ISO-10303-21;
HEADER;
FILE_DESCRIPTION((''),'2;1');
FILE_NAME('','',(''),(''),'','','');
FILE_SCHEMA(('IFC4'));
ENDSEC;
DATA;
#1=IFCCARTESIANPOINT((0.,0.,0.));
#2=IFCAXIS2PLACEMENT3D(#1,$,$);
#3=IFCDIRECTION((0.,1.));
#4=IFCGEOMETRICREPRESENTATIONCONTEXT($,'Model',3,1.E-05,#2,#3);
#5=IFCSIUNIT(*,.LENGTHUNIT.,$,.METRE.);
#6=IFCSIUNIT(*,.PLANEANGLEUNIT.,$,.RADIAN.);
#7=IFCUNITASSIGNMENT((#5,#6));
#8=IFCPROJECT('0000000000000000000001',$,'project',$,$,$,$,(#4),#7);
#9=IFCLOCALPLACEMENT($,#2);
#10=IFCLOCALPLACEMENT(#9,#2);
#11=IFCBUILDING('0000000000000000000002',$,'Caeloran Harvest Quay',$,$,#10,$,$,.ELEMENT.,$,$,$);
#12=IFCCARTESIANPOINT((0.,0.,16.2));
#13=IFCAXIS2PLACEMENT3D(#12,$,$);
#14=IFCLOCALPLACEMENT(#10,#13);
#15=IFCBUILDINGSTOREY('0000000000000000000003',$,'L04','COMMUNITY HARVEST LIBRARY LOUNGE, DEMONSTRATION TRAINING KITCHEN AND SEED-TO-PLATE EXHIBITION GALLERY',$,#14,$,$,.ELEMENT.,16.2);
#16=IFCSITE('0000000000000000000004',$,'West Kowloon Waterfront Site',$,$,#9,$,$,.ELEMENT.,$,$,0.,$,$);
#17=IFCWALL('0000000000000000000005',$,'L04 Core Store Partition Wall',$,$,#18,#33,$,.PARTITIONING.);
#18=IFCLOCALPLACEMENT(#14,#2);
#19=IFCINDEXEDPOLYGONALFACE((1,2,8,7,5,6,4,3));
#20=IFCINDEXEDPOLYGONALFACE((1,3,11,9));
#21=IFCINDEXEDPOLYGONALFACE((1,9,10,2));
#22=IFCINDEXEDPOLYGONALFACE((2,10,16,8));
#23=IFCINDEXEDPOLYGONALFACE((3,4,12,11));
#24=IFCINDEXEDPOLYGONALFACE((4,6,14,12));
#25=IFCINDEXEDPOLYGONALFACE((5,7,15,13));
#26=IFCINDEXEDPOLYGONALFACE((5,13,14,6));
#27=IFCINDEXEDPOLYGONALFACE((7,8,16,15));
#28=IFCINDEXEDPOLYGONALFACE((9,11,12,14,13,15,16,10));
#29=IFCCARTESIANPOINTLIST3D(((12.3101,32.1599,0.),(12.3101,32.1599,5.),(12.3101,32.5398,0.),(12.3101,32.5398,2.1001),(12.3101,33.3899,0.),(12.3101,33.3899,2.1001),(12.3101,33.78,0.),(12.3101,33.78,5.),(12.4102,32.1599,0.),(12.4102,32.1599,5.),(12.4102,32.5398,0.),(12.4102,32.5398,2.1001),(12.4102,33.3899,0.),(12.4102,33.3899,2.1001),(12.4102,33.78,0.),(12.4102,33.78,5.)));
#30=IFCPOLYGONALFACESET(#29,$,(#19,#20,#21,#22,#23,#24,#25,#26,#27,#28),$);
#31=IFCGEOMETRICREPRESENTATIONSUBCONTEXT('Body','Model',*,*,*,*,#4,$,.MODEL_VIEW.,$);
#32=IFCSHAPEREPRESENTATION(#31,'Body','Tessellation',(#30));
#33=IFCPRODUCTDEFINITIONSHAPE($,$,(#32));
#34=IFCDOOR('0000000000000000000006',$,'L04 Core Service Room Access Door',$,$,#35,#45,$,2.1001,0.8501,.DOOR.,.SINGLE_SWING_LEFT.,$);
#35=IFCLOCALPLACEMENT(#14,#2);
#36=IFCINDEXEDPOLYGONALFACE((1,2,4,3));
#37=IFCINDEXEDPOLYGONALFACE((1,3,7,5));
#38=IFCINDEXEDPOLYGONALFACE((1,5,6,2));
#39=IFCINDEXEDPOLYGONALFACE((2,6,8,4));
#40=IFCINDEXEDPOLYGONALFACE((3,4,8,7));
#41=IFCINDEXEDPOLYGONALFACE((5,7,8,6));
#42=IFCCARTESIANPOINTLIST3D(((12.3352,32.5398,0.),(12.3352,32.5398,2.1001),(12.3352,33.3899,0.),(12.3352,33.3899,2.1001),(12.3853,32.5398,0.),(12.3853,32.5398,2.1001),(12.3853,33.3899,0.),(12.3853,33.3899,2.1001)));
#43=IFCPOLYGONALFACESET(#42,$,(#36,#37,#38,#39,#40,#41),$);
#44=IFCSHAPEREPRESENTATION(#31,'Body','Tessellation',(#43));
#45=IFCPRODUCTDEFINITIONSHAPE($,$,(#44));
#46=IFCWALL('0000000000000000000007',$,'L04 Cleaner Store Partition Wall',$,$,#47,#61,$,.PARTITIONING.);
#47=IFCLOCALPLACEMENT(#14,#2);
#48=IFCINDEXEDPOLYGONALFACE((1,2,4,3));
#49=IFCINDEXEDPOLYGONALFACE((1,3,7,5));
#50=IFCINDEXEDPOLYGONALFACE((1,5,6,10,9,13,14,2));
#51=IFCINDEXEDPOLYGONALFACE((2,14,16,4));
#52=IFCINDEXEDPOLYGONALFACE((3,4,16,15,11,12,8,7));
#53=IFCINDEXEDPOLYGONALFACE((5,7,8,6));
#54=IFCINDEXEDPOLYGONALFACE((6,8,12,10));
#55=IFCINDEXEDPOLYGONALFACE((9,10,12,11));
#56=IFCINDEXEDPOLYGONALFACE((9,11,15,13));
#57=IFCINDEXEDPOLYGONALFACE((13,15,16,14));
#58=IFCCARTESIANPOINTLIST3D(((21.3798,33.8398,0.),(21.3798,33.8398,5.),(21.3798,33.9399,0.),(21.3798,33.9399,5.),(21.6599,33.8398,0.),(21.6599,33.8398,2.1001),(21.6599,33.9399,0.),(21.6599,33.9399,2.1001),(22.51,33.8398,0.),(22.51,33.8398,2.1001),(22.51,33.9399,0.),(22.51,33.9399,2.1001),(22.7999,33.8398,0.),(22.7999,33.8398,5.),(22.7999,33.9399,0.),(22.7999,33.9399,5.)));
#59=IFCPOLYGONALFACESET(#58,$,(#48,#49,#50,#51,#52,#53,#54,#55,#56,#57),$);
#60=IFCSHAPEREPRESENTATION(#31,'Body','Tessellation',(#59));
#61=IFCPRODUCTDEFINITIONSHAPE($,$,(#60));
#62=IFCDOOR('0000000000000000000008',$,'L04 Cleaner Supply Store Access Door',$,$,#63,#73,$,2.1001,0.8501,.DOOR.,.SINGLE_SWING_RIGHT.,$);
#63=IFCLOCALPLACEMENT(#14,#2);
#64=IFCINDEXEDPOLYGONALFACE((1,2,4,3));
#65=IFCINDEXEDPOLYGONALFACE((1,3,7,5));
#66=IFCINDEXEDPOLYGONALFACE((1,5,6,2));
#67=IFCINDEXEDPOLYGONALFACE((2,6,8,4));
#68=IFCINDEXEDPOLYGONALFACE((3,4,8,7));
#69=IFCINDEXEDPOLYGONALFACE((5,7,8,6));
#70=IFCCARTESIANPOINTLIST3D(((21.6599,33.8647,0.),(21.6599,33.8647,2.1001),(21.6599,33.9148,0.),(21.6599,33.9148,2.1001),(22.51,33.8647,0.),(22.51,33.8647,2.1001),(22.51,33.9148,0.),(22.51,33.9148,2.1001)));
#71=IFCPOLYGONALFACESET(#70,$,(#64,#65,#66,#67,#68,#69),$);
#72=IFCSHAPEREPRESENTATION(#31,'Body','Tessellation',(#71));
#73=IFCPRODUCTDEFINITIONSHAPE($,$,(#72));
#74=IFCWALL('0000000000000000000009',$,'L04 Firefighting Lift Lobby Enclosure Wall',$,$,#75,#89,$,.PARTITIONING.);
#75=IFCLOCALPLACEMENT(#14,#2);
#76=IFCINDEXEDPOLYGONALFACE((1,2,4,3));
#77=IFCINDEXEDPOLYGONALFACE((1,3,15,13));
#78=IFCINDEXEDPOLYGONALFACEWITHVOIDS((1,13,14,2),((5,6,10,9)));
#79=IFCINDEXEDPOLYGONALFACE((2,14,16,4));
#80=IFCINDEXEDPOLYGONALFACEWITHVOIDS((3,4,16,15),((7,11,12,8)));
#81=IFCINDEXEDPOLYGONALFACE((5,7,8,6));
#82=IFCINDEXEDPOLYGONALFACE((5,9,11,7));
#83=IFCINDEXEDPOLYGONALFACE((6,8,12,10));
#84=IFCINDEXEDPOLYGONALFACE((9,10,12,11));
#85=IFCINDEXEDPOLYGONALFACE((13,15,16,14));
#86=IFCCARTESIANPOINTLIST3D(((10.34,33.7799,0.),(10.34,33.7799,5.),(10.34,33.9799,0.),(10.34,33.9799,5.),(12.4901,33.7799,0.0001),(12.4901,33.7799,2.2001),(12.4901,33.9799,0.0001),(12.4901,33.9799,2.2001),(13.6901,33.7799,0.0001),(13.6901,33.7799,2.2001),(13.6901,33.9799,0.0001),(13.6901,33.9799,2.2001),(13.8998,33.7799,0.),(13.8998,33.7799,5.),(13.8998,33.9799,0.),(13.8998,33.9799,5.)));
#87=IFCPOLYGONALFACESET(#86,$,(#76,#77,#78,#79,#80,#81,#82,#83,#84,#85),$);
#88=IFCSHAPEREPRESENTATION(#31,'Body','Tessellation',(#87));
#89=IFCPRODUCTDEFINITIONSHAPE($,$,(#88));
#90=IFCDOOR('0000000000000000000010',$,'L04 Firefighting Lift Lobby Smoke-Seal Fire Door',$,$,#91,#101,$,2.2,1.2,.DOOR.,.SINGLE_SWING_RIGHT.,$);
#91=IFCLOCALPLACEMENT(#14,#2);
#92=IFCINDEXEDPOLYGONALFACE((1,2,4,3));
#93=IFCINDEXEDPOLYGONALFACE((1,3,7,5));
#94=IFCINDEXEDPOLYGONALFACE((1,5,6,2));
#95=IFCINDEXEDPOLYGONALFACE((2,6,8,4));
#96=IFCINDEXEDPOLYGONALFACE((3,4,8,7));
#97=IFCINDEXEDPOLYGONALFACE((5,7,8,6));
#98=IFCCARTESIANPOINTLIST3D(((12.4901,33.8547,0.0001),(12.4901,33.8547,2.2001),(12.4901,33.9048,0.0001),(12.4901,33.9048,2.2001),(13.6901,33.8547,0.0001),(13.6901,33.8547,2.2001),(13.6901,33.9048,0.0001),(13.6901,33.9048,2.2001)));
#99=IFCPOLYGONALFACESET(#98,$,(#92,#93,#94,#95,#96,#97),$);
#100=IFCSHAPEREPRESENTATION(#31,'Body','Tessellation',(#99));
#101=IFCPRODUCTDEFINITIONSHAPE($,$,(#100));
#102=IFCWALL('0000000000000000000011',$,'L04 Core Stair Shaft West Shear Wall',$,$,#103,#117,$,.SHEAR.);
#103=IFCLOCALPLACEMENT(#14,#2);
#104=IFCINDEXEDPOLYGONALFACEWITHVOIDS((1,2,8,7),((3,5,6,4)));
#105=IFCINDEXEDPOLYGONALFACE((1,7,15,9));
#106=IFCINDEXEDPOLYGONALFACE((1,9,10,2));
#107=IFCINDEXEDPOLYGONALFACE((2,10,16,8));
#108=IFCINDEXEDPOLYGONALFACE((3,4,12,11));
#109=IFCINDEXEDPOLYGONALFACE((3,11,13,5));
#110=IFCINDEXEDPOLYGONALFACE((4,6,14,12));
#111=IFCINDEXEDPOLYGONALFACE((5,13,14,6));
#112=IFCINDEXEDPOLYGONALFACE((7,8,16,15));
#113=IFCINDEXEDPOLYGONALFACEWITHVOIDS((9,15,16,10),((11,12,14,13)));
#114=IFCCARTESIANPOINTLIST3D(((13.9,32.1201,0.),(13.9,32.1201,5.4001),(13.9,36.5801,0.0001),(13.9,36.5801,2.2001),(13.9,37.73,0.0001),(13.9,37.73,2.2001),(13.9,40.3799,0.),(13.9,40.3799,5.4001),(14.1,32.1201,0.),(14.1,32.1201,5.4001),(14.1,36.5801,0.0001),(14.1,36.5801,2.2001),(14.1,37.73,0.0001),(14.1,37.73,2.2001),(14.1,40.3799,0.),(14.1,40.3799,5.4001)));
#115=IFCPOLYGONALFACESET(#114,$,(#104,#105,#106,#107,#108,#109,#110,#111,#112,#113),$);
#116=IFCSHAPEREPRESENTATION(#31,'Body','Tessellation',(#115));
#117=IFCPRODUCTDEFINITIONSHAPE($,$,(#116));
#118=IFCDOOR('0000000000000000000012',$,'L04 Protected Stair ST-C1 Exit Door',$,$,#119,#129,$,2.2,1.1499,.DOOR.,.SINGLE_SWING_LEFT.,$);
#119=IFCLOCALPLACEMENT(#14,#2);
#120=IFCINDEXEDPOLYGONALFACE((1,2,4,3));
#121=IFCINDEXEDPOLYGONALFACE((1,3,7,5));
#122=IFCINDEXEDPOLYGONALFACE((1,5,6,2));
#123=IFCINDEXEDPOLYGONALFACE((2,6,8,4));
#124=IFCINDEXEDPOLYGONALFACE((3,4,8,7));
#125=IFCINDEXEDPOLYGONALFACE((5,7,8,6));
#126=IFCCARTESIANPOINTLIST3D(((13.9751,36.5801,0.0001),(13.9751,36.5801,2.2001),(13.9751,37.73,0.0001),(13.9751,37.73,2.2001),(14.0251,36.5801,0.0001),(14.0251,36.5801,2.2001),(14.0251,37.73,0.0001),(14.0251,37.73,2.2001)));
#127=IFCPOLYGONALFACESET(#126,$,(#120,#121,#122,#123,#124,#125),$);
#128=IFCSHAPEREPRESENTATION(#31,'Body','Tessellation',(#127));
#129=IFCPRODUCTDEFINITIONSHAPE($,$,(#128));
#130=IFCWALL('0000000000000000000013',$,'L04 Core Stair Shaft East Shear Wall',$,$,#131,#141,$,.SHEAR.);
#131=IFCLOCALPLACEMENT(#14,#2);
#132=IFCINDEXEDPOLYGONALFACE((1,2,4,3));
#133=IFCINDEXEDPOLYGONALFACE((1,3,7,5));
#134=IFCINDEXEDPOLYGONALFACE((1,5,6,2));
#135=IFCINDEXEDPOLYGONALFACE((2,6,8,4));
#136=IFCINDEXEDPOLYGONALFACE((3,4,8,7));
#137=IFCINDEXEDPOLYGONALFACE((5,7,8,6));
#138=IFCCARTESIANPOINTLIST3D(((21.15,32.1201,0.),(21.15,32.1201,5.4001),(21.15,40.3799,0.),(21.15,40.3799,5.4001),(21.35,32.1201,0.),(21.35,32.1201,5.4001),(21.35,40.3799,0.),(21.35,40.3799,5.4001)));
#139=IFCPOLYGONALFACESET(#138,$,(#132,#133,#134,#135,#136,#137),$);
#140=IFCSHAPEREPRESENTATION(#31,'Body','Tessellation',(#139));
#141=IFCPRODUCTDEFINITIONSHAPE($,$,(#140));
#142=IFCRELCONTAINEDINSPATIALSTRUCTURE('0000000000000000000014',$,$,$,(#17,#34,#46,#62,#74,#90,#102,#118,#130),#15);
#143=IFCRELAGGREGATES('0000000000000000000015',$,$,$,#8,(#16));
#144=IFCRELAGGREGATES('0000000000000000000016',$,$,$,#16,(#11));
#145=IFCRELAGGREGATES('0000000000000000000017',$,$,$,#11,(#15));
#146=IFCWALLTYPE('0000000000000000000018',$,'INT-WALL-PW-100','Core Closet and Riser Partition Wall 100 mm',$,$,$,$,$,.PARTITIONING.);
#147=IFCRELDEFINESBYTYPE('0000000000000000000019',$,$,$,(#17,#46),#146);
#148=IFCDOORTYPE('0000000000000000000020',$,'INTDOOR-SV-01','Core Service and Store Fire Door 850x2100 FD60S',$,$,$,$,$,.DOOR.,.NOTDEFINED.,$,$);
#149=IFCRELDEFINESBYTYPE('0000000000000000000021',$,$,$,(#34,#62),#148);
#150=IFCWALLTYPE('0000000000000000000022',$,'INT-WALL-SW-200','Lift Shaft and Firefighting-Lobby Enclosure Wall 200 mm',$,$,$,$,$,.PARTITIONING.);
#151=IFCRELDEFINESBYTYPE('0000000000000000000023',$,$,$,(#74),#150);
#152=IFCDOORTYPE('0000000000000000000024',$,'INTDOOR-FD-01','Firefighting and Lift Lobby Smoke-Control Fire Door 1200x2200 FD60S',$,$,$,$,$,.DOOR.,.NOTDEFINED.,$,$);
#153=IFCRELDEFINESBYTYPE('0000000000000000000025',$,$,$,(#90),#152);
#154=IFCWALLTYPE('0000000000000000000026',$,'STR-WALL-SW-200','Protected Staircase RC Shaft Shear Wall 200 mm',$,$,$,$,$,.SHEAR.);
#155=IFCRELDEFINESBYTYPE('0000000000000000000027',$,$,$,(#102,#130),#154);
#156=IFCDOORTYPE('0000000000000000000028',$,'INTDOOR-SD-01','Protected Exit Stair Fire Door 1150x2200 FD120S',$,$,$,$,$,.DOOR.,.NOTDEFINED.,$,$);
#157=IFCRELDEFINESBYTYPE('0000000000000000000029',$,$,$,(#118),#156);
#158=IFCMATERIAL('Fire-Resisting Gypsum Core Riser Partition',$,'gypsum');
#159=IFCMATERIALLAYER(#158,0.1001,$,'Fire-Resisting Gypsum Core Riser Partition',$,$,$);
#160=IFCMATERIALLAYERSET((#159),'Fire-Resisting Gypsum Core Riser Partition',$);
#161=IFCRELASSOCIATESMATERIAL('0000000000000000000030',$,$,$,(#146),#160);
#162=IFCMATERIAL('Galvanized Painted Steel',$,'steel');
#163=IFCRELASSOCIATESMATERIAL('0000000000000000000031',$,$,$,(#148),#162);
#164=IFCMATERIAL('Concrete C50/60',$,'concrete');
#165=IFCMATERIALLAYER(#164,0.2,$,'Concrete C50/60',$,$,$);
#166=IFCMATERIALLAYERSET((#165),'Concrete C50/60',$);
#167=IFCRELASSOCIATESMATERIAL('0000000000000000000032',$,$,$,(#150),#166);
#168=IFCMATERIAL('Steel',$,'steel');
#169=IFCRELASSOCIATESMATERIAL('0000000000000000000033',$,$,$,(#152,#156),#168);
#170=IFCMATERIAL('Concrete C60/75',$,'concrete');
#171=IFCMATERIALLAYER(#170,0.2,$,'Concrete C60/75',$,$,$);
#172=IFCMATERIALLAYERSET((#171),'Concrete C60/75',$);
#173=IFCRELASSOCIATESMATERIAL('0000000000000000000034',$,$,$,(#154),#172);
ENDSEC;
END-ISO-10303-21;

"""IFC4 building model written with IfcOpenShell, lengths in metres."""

from ifc_helpers import new_model, si_unit, direction, frame, frame_2d, origin, place, context, subcontext, project, spatial, rectangle, extrude, material, layer, layer_set, type_object, element, fill, save


model = new_model("IFC4")

# Units and contexts
model_context = context("Model", 3, precision=1e-05, world=origin(), true_north=direction((0.0, 1.0)))
body_context = subcontext(model_context, "Body", "Model", "MODEL_VIEW")
ifc_project = project(units=[si_unit("LENGTHUNIT", "METRE"), si_unit("PLANEANGLEUNIT", "RADIAN")], contexts=[model_context])

# Site, building, storey
site_placement = place(None, origin())
site = spatial("IfcSite", under=ifc_project, at=site_placement, Name="West Kowloon Waterfront Site", CompositionType="ELEMENT", RefElevation=0.0)
building_placement = place(site_placement, origin())
building = spatial("IfcBuilding", under=site, at=building_placement, Name="Caeloran Harvest Quay", CompositionType="ELEMENT")
storey_placement = place(building_placement, frame((0.0, 0.0, 16.2)))
storey = spatial("IfcBuildingStorey", under=building, at=storey_placement, Name="L04", Description="COMMUNITY HARVEST LIBRARY LOUNGE, DEMONSTRATION TRAINING KITCHEN AND SEED-TO-PLATE EXHIBITION GALLERY", CompositionType="ELEMENT", Elevation=16.2)

# Walls, openings, doors
ifc_material_1 = material(Name="Fire-Resisting Gypsum Core Riser Partition", Category="gypsum")
ifc_layer_1 = layer(ifc_material_1, 0.1001, Name="Fire-Resisting Gypsum Core Riser Partition")
ifc_layer_set_1 = layer_set([ifc_layer_1], Name="Fire-Resisting Gypsum Core Riser Partition")
wall_type_1 = type_object("IfcWallType", Name="INT-WALL-PW-100", Description="Core Closet and Riser Partition Wall 100 mm", PredefinedType="PARTITIONING", material=ifc_layer_set_1)
wall_1_placement = place(storey_placement, frame((12.3601, 32.1599, 0.0), z_axis=(0.0, 0.0, 1.0), x_axis=(0.0, 1.0, 0.0)))
wall_1 = element("IfcWall", 1, at=wall_1_placement, inside=storey, type_object=wall_type_1, Name="L04 Core Store Partition Wall", PredefinedType="PARTITIONING", context=body_context, shape_type="SweptSolid", body=[
    extrude(rectangle(XDim=1.6201, YDim=0.1001, at=frame_2d((0.8101, 0.0))), origin(), (0.0, 0.0, 1.0), 5.0),
])
opening_1_placement = place(wall_1_placement, frame((0.3799, 0.0, 0.0)))
opening_1 = element("IfcOpeningElement", 2, at=opening_1_placement, cuts=wall_1, PredefinedType="OPENING", context=body_context, shape_type="SweptSolid", body=[
    extrude(rectangle(XDim=0.8501, YDim=2.1001, at=frame_2d((0.425, 1.05))), frame((0.0, 0.0601, 0.0), z_axis=(0.0, -1.0, 0.0), x_axis=(1.0, 0.0, 0.0)), (0.0, 0.0, 1.0), 0.1201),
])
ifc_material_2 = material(Name="Galvanized Painted Steel", Category="steel")
door_type_1 = type_object("IfcDoorType", Name="INTDOOR-SV-01", Description="Core Service and Store Fire Door 850x2100 FD60S", OperationType="NOTDEFINED", PredefinedType="DOOR", material=ifc_material_2)
door_1_placement = place(opening_1_placement, origin())
door_1 = element("IfcDoor", 3, at=door_1_placement, inside=storey, type_object=door_type_1, Name="L04 Core Service Room Access Door", OperationType="SINGLE_SWING_LEFT", OverallHeight=2.1001, OverallWidth=0.8501, PredefinedType="DOOR", context=body_context, shape_type="SweptSolid", body=[
    extrude(rectangle(XDim=0.8501, YDim=2.1001, at=frame_2d((0.425, 1.05))), frame((0.0, 0.0249, 0.0), z_axis=(0.0, -1.0, 0.0), x_axis=(1.0, 0.0, 0.0)), (0.0, 0.0, 1.0), 0.05),
])
fill(opening_1, door_1)
wall_2_placement = place(storey_placement, frame((21.3799, 33.8899, 0.0), z_axis=(0.0, 0.0, 1.0), x_axis=(1.0, 0.0, 0.0)))
wall_2 = element("IfcWall", 4, at=wall_2_placement, inside=storey, type_object=wall_type_1, Name="L04 Cleaner Store Partition Wall", PredefinedType="PARTITIONING", context=body_context, shape_type="SweptSolid", body=[
    extrude(rectangle(XDim=1.4202, YDim=0.1001, at=frame_2d((0.71, 0.0))), origin(), (0.0, 0.0, 1.0), 5.0),
])
opening_2_placement = place(wall_2_placement, frame((0.28, 0.0, 0.0)))
opening_2 = element("IfcOpeningElement", 5, at=opening_2_placement, cuts=wall_2, PredefinedType="OPENING", context=body_context, shape_type="SweptSolid", body=[
    extrude(rectangle(XDim=0.8501, YDim=2.1001, at=frame_2d((0.425, 1.05))), frame((0.0, 0.0601, 0.0), z_axis=(0.0, -1.0, 0.0), x_axis=(1.0, 0.0, 0.0)), (0.0, 0.0, 1.0), 0.1201),
])
door_2_placement = place(opening_2_placement, origin())
door_2 = element("IfcDoor", 6, at=door_2_placement, inside=storey, type_object=door_type_1, Name="L04 Cleaner Supply Store Access Door", OperationType="SINGLE_SWING_RIGHT", OverallHeight=2.1001, OverallWidth=0.8501, PredefinedType="DOOR", context=body_context, shape_type="SweptSolid", body=[
    extrude(rectangle(XDim=0.8501, YDim=2.1001, at=frame_2d((0.425, 1.05))), frame((0.0, 0.0249, 0.0), z_axis=(0.0, -1.0, 0.0), x_axis=(1.0, 0.0, 0.0)), (0.0, 0.0, 1.0), 0.05),
])
fill(opening_2, door_2)
ifc_material_3 = material(Name="Concrete C50/60", Category="concrete")
ifc_layer_2 = layer(ifc_material_3, 0.2, Name="Concrete C50/60")
ifc_layer_set_2 = layer_set([ifc_layer_2], Name="Concrete C50/60")
wall_type_2 = type_object("IfcWallType", Name="INT-WALL-SW-200", Description="Lift Shaft and Firefighting-Lobby Enclosure Wall 200 mm", PredefinedType="PARTITIONING", material=ifc_layer_set_2)
wall_3_placement = place(storey_placement, frame((10.3401, 33.8799, 0.0), z_axis=(0.0, 0.0, 1.0), x_axis=(1.0, 0.0, 0.0)))
wall_3 = element("IfcWall", 7, at=wall_3_placement, inside=storey, type_object=wall_type_2, Name="L04 Firefighting Lift Lobby Enclosure Wall", PredefinedType="PARTITIONING", context=body_context, shape_type="SweptSolid", body=[
    extrude(rectangle(XDim=3.5598, YDim=0.2, at=frame_2d((1.7798, 0.0))), origin(), (0.0, 0.0, 1.0), 5.0),
])
opening_3_placement = place(wall_3_placement, frame((2.1499, 0.0, 0.0)))
opening_3 = element("IfcOpeningElement", 8, at=opening_3_placement, cuts=wall_3, PredefinedType="OPENING", context=body_context, shape_type="SweptSolid", body=[
    extrude(rectangle(XDim=1.2, YDim=2.2, at=frame_2d((0.6001, 1.1001))), frame((0.0, 0.1099, 0.0), z_axis=(0.0, -1.0, 0.0), x_axis=(1.0, 0.0, 0.0)), (0.0, 0.0, 1.0), 0.22),
])
ifc_material_4 = material(Name="Steel", Category="steel")
door_type_2 = type_object("IfcDoorType", Name="INTDOOR-FD-01", Description="Firefighting and Lift Lobby Smoke-Control Fire Door 1200x2200 FD60S", OperationType="NOTDEFINED", PredefinedType="DOOR", material=ifc_material_4)
door_3_placement = place(opening_3_placement, origin())
door_3 = element("IfcDoor", 9, at=door_3_placement, inside=storey, type_object=door_type_2, Name="L04 Firefighting Lift Lobby Smoke-Seal Fire Door", OperationType="SINGLE_SWING_RIGHT", OverallHeight=2.2, OverallWidth=1.2, PredefinedType="DOOR", context=body_context, shape_type="SweptSolid", body=[
    extrude(rectangle(XDim=1.2, YDim=2.2, at=frame_2d((0.6001, 1.1001))), frame((0.0, 0.0249, 0.0), z_axis=(0.0, -1.0, 0.0), x_axis=(1.0, 0.0, 0.0)), (0.0, 0.0, 1.0), 0.05),
])
fill(opening_3, door_3)
ifc_material_5 = material(Name="Concrete C60/75", Category="concrete")
ifc_layer_3 = layer(ifc_material_5, 0.2, Name="Concrete C60/75")
ifc_layer_set_3 = layer_set([ifc_layer_3], Name="Concrete C60/75")
wall_type_3 = type_object("IfcWallType", Name="STR-WALL-SW-200", Description="Protected Staircase RC Shaft Shear Wall 200 mm", PredefinedType="SHEAR", material=ifc_layer_set_3)
wall_4_placement = place(storey_placement, frame((14.0, 32.1201, 0.0), z_axis=(0.0, 0.0, 1.0), x_axis=(0.0, 1.0, 0.0)))
wall_4 = element("IfcWall", 10, at=wall_4_placement, inside=storey, type_object=wall_type_3, Name="L04 Core Stair Shaft West Shear Wall", PredefinedType="SHEAR", context=body_context, shape_type="SweptSolid", body=[
    extrude(rectangle(XDim=8.2598, YDim=0.2, at=frame_2d((4.1299, 0.0))), origin(), (0.0, 0.0, 1.0), 5.4001),
])
opening_4_placement = place(wall_4_placement, frame((4.46, 0.0, 0.0)))
opening_4 = element("IfcOpeningElement", 11, at=opening_4_placement, cuts=wall_4, PredefinedType="OPENING", context=body_context, shape_type="SweptSolid", body=[
    extrude(rectangle(XDim=1.1499, YDim=2.2, at=frame_2d((0.575, 1.1001))), frame((0.0, 0.1099, 0.0), z_axis=(0.0, -1.0, 0.0), x_axis=(1.0, 0.0, 0.0)), (0.0, 0.0, 1.0), 0.22),
])
door_type_3 = type_object("IfcDoorType", Name="INTDOOR-SD-01", Description="Protected Exit Stair Fire Door 1150x2200 FD120S", OperationType="NOTDEFINED", PredefinedType="DOOR", material=ifc_material_4)
door_4_placement = place(opening_4_placement, origin())
door_4 = element("IfcDoor", 12, at=door_4_placement, inside=storey, type_object=door_type_3, Name="L04 Protected Stair ST-C1 Exit Door", OperationType="SINGLE_SWING_LEFT", OverallHeight=2.2, OverallWidth=1.1499, PredefinedType="DOOR", context=body_context, shape_type="SweptSolid", body=[
    extrude(rectangle(XDim=1.1499, YDim=2.2, at=frame_2d((0.575, 1.1001))), frame((0.0, 0.0249, 0.0), z_axis=(0.0, -1.0, 0.0), x_axis=(1.0, 0.0, 0.0)), (0.0, 0.0, 1.0), 0.05),
])
fill(opening_4, door_4)

# Wall
wall_5_placement = place(storey_placement, frame((21.25, 32.1201, 0.0), z_axis=(0.0, 0.0, 1.0), x_axis=(0.0, 1.0, 0.0)))
element("IfcWall", 13, at=wall_5_placement, inside=storey, type_object=wall_type_3, Name="L04 Core Stair Shaft East Shear Wall", PredefinedType="SHEAR", context=body_context, shape_type="SweptSolid", body=[
    extrude(rectangle(XDim=8.2598, YDim=0.2, at=frame_2d((4.1299, 0.0))), origin(), (0.0, 0.0, 1.0), 5.4001),
])

save(model, "model.ifc")
